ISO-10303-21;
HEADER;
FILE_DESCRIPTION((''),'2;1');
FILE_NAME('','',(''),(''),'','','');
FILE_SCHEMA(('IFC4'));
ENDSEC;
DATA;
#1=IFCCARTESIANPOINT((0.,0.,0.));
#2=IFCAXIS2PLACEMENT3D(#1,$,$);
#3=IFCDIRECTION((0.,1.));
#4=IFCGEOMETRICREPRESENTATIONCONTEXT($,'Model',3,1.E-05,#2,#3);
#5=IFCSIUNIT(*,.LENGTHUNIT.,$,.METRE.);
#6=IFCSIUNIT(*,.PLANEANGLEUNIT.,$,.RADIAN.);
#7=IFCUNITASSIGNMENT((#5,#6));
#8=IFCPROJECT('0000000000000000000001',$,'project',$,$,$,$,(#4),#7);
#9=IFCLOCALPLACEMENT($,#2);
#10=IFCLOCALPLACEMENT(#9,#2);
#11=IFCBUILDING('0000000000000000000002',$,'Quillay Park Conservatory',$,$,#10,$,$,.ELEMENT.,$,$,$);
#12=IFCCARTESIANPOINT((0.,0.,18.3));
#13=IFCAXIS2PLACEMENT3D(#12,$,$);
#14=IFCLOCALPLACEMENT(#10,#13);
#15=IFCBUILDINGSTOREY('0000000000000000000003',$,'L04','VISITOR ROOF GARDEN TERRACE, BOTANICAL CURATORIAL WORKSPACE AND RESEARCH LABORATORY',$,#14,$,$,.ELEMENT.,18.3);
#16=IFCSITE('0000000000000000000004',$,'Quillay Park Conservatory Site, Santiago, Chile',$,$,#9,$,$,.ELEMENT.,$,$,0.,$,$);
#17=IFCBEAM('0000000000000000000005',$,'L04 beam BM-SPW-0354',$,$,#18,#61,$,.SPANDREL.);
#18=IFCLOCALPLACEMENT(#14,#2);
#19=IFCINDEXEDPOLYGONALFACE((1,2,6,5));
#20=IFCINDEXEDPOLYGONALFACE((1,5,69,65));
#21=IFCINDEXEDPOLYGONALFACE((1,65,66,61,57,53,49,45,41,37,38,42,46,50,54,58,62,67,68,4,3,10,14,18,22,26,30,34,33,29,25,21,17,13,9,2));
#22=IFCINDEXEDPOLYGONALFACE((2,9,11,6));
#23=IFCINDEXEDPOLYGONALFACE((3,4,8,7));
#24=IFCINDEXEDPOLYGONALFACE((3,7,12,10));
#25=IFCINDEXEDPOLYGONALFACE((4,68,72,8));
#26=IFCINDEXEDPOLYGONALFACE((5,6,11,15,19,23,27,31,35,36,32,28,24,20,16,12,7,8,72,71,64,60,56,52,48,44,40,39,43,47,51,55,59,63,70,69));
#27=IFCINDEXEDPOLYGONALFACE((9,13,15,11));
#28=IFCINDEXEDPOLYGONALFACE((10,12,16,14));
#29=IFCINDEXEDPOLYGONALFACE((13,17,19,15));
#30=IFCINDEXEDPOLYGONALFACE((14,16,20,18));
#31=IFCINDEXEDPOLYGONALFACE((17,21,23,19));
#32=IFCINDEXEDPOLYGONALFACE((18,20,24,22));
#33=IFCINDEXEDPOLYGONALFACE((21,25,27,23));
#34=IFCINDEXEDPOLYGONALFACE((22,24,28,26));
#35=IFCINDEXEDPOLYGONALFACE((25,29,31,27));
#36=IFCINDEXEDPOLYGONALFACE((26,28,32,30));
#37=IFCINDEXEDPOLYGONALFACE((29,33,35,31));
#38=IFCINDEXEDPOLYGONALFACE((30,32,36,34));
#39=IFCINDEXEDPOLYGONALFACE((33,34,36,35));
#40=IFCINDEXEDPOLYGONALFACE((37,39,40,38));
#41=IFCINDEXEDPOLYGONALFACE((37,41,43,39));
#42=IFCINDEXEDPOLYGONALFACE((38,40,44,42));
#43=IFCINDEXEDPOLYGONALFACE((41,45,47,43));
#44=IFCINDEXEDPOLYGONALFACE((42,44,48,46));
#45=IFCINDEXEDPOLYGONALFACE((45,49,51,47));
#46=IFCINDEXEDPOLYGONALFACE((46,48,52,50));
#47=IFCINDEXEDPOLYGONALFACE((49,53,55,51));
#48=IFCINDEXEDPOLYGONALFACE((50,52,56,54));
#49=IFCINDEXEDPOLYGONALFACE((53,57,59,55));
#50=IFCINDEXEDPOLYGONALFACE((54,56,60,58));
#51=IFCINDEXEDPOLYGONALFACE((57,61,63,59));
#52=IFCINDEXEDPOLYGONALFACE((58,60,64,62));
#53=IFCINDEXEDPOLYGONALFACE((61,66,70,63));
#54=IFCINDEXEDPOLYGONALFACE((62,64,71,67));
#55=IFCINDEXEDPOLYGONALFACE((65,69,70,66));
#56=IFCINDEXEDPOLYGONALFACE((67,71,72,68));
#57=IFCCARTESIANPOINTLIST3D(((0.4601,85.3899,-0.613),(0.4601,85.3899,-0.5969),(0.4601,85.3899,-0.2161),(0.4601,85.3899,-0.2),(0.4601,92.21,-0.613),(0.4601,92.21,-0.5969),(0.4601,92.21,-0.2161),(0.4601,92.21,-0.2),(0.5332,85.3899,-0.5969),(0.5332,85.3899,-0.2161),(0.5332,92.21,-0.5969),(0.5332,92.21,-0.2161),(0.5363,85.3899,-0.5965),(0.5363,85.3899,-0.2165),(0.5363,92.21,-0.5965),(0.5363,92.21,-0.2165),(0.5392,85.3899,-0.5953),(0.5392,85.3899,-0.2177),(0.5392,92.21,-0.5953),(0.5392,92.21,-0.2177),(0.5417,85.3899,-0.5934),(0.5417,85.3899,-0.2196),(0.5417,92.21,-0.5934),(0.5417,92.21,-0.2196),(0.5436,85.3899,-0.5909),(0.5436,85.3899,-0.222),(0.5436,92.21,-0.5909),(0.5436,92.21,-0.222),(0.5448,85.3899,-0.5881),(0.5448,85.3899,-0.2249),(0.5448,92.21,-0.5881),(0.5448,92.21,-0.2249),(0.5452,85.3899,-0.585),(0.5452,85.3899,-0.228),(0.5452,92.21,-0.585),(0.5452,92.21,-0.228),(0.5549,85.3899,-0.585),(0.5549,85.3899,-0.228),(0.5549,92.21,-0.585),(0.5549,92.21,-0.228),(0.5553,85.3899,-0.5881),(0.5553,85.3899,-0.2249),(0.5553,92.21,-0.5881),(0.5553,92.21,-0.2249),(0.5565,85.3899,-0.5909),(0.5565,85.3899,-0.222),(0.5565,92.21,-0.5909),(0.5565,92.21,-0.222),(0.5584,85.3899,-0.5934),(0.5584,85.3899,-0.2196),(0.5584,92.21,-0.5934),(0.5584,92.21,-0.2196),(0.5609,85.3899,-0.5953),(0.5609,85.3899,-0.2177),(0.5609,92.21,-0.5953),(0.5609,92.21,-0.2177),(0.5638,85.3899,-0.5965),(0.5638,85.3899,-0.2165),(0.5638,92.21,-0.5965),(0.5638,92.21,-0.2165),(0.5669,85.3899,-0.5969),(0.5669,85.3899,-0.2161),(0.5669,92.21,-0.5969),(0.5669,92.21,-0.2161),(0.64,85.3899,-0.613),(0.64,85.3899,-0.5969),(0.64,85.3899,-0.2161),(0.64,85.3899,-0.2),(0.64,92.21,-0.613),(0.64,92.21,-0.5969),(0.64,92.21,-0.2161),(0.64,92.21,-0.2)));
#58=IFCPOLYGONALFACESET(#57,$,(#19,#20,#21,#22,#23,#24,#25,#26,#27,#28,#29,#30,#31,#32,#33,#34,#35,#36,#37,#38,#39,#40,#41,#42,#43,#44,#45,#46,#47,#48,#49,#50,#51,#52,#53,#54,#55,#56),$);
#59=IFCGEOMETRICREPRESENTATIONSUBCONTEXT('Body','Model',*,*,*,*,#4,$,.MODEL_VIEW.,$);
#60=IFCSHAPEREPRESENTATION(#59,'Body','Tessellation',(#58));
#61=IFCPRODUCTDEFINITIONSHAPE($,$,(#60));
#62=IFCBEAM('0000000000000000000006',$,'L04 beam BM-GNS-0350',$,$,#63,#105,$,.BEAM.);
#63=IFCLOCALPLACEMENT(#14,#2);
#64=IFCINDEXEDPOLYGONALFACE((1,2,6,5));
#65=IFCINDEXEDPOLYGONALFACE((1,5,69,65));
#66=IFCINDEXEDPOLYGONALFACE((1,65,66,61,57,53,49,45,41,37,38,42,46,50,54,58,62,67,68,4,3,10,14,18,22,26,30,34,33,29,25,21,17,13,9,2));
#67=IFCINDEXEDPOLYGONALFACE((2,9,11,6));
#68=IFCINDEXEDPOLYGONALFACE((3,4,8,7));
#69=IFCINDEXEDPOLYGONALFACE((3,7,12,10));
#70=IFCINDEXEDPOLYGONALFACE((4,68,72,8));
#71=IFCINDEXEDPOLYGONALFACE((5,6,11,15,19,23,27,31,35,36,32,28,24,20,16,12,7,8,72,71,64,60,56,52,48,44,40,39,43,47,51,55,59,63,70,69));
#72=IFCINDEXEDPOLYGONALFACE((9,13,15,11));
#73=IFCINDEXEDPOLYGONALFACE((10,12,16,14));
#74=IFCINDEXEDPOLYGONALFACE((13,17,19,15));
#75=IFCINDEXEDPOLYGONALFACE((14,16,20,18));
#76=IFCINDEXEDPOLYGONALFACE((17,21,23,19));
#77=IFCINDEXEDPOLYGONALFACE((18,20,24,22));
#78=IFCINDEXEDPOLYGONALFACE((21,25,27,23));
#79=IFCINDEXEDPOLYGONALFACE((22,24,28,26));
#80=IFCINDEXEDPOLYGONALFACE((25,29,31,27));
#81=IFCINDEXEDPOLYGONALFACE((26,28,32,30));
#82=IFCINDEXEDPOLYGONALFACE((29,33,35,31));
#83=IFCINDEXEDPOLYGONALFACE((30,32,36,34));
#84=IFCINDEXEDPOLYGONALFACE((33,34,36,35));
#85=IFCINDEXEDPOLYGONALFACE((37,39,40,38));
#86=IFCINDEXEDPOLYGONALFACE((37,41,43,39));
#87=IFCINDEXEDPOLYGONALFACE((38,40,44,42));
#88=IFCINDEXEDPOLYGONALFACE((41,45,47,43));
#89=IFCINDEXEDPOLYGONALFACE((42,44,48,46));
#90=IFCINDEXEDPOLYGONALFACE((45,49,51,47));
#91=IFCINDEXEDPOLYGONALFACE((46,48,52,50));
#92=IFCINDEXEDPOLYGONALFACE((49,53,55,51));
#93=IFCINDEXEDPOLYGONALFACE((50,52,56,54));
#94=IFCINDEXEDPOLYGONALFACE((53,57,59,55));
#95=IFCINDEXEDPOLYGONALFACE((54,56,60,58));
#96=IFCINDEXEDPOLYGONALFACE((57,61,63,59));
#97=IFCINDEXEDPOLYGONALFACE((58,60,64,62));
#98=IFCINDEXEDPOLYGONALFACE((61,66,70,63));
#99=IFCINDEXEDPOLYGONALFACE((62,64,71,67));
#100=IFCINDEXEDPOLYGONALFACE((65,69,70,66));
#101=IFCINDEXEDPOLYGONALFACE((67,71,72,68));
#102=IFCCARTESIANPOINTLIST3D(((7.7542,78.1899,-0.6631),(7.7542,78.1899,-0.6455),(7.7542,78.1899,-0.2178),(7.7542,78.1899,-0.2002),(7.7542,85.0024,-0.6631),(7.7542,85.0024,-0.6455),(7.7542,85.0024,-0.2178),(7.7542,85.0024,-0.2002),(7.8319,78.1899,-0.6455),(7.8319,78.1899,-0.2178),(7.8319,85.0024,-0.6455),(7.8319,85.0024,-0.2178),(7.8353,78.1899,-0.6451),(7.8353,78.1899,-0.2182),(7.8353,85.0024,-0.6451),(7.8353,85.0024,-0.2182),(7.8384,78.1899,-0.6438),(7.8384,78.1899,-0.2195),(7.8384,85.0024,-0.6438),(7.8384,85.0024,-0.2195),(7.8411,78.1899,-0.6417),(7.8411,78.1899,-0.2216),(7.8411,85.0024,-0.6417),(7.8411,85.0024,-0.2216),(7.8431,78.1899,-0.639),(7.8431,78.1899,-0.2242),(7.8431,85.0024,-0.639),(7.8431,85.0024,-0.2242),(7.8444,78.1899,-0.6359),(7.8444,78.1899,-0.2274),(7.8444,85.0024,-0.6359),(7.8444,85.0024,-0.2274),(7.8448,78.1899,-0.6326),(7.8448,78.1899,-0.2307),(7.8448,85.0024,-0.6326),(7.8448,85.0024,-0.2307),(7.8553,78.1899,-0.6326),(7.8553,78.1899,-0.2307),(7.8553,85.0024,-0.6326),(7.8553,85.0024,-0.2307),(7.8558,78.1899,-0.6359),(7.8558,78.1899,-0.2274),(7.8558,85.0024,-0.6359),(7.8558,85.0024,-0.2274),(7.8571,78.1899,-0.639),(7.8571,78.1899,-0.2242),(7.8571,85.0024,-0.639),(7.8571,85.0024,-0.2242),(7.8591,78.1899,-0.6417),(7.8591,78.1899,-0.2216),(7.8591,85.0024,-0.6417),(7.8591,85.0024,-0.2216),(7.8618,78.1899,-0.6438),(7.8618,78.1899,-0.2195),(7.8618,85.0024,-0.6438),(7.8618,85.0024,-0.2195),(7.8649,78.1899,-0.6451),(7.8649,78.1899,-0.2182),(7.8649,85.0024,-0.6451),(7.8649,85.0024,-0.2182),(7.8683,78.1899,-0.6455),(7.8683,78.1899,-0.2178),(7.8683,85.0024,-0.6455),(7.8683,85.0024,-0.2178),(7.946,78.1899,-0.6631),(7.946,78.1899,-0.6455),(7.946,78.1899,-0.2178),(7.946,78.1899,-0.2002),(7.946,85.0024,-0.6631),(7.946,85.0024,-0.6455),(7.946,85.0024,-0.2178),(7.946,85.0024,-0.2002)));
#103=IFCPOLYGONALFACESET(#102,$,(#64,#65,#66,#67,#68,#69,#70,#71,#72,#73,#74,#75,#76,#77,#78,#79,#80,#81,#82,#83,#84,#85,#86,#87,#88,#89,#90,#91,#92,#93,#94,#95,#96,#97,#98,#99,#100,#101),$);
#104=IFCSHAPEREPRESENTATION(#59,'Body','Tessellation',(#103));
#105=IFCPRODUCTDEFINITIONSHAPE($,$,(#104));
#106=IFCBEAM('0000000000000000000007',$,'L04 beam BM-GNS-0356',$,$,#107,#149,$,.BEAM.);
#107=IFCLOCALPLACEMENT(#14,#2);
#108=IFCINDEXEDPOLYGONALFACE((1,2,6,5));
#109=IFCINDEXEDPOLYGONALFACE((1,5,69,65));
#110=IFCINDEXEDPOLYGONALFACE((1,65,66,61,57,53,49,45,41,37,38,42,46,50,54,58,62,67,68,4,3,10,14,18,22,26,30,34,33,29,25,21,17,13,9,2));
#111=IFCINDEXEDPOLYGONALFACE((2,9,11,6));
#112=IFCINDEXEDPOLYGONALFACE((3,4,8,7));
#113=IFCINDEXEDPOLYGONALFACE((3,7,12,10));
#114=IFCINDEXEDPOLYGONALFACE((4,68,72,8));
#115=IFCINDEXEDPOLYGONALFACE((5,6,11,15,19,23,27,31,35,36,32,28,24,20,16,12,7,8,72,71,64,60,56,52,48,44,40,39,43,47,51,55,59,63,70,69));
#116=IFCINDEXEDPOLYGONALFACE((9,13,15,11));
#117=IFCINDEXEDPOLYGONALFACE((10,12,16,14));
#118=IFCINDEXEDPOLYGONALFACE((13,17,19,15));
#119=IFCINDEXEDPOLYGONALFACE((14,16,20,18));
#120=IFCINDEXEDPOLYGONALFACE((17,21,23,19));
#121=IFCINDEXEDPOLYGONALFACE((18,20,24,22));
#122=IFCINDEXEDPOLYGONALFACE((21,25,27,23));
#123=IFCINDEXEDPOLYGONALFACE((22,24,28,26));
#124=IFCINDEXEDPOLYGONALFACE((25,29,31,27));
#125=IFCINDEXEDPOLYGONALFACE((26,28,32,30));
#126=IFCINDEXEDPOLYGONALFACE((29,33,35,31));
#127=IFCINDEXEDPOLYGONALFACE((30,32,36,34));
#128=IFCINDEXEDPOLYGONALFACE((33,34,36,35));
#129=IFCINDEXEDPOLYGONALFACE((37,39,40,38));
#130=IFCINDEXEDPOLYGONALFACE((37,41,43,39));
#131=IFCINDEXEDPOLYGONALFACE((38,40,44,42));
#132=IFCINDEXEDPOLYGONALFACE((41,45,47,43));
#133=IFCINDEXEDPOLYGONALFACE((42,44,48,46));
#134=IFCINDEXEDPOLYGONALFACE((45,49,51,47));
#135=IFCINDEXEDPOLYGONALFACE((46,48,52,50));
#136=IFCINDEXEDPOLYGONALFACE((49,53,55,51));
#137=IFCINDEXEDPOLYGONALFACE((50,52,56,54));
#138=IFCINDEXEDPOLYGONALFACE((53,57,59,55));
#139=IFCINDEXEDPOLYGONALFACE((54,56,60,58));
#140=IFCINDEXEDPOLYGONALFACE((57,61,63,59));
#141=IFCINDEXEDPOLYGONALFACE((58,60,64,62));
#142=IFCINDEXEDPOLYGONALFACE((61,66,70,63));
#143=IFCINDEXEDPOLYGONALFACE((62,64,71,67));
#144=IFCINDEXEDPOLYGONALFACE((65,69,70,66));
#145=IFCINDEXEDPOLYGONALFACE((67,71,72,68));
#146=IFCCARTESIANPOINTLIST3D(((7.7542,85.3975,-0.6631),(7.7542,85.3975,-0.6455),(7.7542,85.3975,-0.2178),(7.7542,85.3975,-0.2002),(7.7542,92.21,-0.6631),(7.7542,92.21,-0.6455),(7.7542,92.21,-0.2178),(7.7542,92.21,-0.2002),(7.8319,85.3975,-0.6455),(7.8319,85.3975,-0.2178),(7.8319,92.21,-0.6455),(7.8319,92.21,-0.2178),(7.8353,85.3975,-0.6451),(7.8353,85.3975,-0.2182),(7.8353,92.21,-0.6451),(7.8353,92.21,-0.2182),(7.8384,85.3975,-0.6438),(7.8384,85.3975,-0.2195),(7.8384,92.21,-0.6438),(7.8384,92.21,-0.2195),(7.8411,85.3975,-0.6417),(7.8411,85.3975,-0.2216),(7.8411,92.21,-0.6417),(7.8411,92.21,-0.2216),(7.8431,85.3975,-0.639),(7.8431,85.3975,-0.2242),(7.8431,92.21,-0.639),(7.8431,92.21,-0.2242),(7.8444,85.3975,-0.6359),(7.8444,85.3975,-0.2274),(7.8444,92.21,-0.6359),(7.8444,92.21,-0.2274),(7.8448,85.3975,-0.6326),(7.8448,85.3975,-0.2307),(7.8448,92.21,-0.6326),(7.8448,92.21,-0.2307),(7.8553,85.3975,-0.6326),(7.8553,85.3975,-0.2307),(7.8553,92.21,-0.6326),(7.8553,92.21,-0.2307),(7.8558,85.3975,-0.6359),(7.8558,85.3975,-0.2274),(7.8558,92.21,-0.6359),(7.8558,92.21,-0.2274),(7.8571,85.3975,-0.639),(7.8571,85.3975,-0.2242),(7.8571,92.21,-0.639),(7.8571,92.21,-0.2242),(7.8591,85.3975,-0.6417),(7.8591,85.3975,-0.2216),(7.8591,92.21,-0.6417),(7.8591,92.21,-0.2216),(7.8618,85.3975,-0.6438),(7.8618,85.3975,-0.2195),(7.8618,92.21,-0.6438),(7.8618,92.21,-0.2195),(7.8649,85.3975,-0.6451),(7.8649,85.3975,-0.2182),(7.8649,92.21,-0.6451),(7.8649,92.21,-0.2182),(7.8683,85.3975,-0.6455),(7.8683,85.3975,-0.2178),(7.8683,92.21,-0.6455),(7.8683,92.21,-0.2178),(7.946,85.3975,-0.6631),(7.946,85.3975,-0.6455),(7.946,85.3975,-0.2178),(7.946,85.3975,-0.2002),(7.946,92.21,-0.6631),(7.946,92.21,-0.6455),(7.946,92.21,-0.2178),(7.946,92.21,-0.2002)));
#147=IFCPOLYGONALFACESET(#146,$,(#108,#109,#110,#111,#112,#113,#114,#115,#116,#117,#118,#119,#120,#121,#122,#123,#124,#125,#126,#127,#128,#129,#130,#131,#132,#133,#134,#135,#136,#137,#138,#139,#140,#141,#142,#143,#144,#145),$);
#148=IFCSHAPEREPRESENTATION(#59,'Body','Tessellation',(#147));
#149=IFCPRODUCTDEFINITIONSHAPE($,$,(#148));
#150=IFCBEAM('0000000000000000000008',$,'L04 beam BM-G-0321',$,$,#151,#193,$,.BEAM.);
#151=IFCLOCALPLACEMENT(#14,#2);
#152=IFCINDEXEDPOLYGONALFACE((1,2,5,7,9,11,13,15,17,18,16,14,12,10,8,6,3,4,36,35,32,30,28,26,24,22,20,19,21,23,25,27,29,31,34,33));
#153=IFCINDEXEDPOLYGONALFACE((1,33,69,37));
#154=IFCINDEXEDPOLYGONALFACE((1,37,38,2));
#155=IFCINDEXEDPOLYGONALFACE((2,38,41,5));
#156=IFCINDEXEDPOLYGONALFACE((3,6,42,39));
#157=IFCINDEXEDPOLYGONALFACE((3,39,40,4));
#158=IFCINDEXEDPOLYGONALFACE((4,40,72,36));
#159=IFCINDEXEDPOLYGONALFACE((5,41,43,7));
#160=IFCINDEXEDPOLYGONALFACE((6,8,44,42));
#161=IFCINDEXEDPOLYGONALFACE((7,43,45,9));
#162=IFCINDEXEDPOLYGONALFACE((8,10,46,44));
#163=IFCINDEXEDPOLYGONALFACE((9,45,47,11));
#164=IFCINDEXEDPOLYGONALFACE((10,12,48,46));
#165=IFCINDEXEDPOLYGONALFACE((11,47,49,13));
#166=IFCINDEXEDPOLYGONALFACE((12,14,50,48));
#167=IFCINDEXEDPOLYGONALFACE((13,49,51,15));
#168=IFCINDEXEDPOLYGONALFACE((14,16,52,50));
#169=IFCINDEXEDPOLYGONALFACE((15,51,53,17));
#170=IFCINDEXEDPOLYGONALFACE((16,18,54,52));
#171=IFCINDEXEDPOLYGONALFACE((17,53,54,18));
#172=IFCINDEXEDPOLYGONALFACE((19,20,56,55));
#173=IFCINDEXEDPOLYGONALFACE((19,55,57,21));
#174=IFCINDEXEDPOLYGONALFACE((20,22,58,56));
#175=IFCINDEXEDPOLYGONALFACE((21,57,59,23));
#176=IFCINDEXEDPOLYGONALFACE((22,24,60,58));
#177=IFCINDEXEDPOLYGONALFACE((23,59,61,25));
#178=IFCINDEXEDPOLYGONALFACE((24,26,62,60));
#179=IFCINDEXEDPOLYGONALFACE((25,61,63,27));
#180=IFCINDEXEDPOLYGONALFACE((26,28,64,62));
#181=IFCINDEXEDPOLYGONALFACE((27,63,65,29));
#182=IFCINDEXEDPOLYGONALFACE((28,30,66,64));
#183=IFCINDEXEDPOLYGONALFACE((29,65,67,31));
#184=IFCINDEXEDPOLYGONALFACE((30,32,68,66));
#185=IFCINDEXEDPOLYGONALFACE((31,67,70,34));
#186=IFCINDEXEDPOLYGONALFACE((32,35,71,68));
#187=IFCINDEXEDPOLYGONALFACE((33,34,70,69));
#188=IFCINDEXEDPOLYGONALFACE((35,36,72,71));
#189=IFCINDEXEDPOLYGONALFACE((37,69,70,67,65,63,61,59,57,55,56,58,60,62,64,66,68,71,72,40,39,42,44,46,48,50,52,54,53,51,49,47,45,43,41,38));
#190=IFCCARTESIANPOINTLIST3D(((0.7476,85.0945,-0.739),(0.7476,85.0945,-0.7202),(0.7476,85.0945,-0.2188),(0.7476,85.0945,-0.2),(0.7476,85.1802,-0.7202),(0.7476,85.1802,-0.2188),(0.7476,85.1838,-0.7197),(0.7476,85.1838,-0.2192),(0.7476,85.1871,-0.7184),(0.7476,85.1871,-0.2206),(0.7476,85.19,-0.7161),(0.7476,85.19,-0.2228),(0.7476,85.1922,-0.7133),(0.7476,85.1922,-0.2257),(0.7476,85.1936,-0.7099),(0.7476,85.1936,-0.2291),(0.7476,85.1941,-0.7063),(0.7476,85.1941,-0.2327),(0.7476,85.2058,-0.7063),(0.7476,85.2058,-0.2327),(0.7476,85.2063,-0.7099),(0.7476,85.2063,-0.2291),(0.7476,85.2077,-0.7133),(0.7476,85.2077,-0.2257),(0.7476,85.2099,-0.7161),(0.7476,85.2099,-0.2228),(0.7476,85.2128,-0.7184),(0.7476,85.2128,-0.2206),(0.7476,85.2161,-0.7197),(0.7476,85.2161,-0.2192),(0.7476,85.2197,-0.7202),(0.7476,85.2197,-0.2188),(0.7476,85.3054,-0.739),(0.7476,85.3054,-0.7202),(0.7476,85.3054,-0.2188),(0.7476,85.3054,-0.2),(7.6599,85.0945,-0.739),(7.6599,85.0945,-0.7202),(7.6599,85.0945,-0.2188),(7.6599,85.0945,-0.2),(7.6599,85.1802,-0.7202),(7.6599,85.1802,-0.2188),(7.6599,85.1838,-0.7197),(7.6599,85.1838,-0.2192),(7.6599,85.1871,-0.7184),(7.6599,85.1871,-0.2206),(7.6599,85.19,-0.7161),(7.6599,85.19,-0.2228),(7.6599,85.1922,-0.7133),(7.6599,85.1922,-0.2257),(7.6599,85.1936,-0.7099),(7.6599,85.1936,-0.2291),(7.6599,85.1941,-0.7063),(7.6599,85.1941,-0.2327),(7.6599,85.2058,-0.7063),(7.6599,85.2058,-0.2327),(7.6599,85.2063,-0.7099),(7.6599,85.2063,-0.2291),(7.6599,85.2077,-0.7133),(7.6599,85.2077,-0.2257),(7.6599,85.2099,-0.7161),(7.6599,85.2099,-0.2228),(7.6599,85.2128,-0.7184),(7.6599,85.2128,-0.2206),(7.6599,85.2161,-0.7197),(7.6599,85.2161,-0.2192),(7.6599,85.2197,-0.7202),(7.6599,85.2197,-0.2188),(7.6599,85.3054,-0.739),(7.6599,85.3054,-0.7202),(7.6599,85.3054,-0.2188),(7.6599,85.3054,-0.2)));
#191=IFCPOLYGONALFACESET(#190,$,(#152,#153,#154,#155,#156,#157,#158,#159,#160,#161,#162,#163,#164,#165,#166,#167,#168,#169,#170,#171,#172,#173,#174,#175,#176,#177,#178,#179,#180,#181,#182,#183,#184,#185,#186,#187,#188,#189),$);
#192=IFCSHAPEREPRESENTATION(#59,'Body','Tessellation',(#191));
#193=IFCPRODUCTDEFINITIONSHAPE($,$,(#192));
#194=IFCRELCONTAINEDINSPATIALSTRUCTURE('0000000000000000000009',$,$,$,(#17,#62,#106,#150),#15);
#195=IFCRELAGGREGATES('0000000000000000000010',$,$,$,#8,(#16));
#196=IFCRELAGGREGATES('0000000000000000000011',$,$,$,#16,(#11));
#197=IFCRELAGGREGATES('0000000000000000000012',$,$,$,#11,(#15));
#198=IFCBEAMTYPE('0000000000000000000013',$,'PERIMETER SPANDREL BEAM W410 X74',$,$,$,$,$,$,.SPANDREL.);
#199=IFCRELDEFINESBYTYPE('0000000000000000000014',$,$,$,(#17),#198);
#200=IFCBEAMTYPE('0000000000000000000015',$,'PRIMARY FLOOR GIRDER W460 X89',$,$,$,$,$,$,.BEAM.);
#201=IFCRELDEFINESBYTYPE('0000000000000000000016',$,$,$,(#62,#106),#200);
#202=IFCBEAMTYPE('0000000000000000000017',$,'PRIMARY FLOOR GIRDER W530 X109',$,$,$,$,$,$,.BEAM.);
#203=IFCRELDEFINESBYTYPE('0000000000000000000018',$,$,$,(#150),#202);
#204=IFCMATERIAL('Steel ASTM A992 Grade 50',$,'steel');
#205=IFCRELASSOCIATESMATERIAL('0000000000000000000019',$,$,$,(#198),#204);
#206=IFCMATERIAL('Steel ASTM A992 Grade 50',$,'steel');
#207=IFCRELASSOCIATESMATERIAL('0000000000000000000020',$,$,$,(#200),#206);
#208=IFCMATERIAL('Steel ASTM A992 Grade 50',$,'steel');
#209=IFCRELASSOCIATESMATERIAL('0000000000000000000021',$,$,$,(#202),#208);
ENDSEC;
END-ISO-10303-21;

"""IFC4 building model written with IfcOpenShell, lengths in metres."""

from ifc_helpers import new_model, si_unit, direction, frame, origin, origin_2d, place, context, subcontext, project, spatial, i_section, extrude, material, material_profile, profile_set, type_object, element, save


model = new_model("IFC4")

# Units and contexts
model_context = context("Model", 3, precision=1e-05, world=origin(), true_north=direction((0.0, 1.0)))
body_context = subcontext(model_context, "Body", "Model", "MODEL_VIEW")
ifc_project = project(units=[si_unit("LENGTHUNIT", "METRE"), si_unit("PLANEANGLEUNIT", "RADIAN")], contexts=[model_context])

# Site, building, storey
site_placement = place(None, origin())
site = spatial("IfcSite", under=ifc_project, at=site_placement, Name="Quillay Park Conservatory Site, Santiago, Chile", CompositionType="ELEMENT", RefElevation=0.0)
building_placement = place(site_placement, origin())
building = spatial("IfcBuilding", under=site, at=building_placement, Name="Quillay Park Conservatory", CompositionType="ELEMENT")
storey_placement = place(building_placement, frame((0.0, 0.0, 18.3)))
storey = spatial("IfcBuildingStorey", under=building, at=storey_placement, Name="L04", Description="VISITOR ROOF GARDEN TERRACE, BOTANICAL CURATORIAL WORKSPACE AND RESEARCH LABORATORY", CompositionType="ELEMENT", Elevation=18.3)

# Beams
ifc_material_1 = material(Name="Steel ASTM A992 Grade 50", Category="steel")
ifc_material_profile_1 = material_profile(ifc_material_1, i_section(OverallWidth=0.1799, OverallDepth=0.4131, WebThickness=0.0098, FlangeThickness=0.0161, FilletRadius=0.012, at=origin_2d()), Name="W410x74")
ifc_profile_set_1 = profile_set([ifc_material_profile_1], Name="Steel ASTM A992 Grade 50")
beam_type_1 = type_object("IfcBeamType", Name="PERIMETER SPANDREL BEAM W410 X74", PredefinedType="SPANDREL", material=ifc_profile_set_1)
for number, where, z_axis, x_axis, name in (
    (1, (0.55, 85.3899, -0.4065), (0.0, 1.0, 0.0), (-1.0, 0.0, 0.0), "L04 beam BM-SPW-0354"),
):
    element("IfcBeam", number, at=place(storey_placement, frame(where, z_axis=z_axis, x_axis=x_axis)), inside=storey, type_object=beam_type_1, Name=name, PredefinedType="SPANDREL", context=body_context, shape_type="SweptSolid", body=[
        extrude(i_section(OverallWidth=0.1799, OverallDepth=0.4131, WebThickness=0.0098, FlangeThickness=0.0161, FilletRadius=0.012, at=origin_2d()), origin(), (0.0, 0.0, 1.0), 6.8201),
    ])
ifc_material_2 = material(Name="Steel ASTM A992 Grade 50", Category="steel")
ifc_material_profile_2 = material_profile(ifc_material_2, i_section(OverallWidth=0.1919, OverallDepth=0.4629, WebThickness=0.0105, FlangeThickness=0.0176, FilletRadius=0.0129, at=origin_2d()), Name="W460x89")
ifc_profile_set_2 = profile_set([ifc_material_profile_2], Name="Steel ASTM A992 Grade 50")
beam_type_2 = type_object("IfcBeamType", Name="PRIMARY FLOOR GIRDER W460 X89", PredefinedType="BEAM", material=ifc_profile_set_2)
for number, where, z_axis, x_axis, name in (
    (2, (7.8501, 78.1899, -0.4316), (0.0, 1.0, 0.0), (-1.0, 0.0, 0.0), "L04 beam BM-GNS-0350"),
    (3, (7.8501, 85.3975, -0.4316), (0.0, 1.0, 0.0), (-1.0, 0.0, 0.0), "L04 beam BM-GNS-0356"),
):
    element("IfcBeam", number, at=place(storey_placement, frame(where, z_axis=z_axis, x_axis=x_axis)), inside=storey, type_object=beam_type_2, Name=name, PredefinedType="BEAM", context=body_context, shape_type="SweptSolid", body=[
        extrude(i_section(OverallWidth=0.1919, OverallDepth=0.4629, WebThickness=0.0105, FlangeThickness=0.0176, FilletRadius=0.0129, at=origin_2d()), origin(), (0.0, 0.0, 1.0), 6.8125),
    ])
ifc_material_3 = material(Name="Steel ASTM A992 Grade 50", Category="steel")
ifc_material_profile_3 = material_profile(ifc_material_3, i_section(OverallWidth=0.2109, OverallDepth=0.5391, WebThickness=0.0117, FlangeThickness=0.0188, FilletRadius=0.0139, at=origin_2d()), Name="W530x109")
ifc_profile_set_3 = profile_set([ifc_material_profile_3], Name="Steel ASTM A992 Grade 50")
beam_type_3 = type_object("IfcBeamType", Name="PRIMARY FLOOR GIRDER W530 X109", PredefinedType="BEAM", material=ifc_profile_set_3)
beam_1_placement = place(storey_placement, frame((0.7476, 85.2, -0.4695), z_axis=(1.0, 0.0, 0.0), x_axis=(0.0, 1.0, 0.0)))
element("IfcBeam", 4, at=beam_1_placement, inside=storey, type_object=beam_type_3, Name="L04 beam BM-G-0321", PredefinedType="BEAM", context=body_context, shape_type="SweptSolid", body=[
    extrude(i_section(OverallWidth=0.2109, OverallDepth=0.5391, WebThickness=0.0117, FlangeThickness=0.0188, FilletRadius=0.0139, at=origin_2d()), origin(), (0.0, 0.0, 1.0), 6.9124),
])

save(model, "model.ifc")
